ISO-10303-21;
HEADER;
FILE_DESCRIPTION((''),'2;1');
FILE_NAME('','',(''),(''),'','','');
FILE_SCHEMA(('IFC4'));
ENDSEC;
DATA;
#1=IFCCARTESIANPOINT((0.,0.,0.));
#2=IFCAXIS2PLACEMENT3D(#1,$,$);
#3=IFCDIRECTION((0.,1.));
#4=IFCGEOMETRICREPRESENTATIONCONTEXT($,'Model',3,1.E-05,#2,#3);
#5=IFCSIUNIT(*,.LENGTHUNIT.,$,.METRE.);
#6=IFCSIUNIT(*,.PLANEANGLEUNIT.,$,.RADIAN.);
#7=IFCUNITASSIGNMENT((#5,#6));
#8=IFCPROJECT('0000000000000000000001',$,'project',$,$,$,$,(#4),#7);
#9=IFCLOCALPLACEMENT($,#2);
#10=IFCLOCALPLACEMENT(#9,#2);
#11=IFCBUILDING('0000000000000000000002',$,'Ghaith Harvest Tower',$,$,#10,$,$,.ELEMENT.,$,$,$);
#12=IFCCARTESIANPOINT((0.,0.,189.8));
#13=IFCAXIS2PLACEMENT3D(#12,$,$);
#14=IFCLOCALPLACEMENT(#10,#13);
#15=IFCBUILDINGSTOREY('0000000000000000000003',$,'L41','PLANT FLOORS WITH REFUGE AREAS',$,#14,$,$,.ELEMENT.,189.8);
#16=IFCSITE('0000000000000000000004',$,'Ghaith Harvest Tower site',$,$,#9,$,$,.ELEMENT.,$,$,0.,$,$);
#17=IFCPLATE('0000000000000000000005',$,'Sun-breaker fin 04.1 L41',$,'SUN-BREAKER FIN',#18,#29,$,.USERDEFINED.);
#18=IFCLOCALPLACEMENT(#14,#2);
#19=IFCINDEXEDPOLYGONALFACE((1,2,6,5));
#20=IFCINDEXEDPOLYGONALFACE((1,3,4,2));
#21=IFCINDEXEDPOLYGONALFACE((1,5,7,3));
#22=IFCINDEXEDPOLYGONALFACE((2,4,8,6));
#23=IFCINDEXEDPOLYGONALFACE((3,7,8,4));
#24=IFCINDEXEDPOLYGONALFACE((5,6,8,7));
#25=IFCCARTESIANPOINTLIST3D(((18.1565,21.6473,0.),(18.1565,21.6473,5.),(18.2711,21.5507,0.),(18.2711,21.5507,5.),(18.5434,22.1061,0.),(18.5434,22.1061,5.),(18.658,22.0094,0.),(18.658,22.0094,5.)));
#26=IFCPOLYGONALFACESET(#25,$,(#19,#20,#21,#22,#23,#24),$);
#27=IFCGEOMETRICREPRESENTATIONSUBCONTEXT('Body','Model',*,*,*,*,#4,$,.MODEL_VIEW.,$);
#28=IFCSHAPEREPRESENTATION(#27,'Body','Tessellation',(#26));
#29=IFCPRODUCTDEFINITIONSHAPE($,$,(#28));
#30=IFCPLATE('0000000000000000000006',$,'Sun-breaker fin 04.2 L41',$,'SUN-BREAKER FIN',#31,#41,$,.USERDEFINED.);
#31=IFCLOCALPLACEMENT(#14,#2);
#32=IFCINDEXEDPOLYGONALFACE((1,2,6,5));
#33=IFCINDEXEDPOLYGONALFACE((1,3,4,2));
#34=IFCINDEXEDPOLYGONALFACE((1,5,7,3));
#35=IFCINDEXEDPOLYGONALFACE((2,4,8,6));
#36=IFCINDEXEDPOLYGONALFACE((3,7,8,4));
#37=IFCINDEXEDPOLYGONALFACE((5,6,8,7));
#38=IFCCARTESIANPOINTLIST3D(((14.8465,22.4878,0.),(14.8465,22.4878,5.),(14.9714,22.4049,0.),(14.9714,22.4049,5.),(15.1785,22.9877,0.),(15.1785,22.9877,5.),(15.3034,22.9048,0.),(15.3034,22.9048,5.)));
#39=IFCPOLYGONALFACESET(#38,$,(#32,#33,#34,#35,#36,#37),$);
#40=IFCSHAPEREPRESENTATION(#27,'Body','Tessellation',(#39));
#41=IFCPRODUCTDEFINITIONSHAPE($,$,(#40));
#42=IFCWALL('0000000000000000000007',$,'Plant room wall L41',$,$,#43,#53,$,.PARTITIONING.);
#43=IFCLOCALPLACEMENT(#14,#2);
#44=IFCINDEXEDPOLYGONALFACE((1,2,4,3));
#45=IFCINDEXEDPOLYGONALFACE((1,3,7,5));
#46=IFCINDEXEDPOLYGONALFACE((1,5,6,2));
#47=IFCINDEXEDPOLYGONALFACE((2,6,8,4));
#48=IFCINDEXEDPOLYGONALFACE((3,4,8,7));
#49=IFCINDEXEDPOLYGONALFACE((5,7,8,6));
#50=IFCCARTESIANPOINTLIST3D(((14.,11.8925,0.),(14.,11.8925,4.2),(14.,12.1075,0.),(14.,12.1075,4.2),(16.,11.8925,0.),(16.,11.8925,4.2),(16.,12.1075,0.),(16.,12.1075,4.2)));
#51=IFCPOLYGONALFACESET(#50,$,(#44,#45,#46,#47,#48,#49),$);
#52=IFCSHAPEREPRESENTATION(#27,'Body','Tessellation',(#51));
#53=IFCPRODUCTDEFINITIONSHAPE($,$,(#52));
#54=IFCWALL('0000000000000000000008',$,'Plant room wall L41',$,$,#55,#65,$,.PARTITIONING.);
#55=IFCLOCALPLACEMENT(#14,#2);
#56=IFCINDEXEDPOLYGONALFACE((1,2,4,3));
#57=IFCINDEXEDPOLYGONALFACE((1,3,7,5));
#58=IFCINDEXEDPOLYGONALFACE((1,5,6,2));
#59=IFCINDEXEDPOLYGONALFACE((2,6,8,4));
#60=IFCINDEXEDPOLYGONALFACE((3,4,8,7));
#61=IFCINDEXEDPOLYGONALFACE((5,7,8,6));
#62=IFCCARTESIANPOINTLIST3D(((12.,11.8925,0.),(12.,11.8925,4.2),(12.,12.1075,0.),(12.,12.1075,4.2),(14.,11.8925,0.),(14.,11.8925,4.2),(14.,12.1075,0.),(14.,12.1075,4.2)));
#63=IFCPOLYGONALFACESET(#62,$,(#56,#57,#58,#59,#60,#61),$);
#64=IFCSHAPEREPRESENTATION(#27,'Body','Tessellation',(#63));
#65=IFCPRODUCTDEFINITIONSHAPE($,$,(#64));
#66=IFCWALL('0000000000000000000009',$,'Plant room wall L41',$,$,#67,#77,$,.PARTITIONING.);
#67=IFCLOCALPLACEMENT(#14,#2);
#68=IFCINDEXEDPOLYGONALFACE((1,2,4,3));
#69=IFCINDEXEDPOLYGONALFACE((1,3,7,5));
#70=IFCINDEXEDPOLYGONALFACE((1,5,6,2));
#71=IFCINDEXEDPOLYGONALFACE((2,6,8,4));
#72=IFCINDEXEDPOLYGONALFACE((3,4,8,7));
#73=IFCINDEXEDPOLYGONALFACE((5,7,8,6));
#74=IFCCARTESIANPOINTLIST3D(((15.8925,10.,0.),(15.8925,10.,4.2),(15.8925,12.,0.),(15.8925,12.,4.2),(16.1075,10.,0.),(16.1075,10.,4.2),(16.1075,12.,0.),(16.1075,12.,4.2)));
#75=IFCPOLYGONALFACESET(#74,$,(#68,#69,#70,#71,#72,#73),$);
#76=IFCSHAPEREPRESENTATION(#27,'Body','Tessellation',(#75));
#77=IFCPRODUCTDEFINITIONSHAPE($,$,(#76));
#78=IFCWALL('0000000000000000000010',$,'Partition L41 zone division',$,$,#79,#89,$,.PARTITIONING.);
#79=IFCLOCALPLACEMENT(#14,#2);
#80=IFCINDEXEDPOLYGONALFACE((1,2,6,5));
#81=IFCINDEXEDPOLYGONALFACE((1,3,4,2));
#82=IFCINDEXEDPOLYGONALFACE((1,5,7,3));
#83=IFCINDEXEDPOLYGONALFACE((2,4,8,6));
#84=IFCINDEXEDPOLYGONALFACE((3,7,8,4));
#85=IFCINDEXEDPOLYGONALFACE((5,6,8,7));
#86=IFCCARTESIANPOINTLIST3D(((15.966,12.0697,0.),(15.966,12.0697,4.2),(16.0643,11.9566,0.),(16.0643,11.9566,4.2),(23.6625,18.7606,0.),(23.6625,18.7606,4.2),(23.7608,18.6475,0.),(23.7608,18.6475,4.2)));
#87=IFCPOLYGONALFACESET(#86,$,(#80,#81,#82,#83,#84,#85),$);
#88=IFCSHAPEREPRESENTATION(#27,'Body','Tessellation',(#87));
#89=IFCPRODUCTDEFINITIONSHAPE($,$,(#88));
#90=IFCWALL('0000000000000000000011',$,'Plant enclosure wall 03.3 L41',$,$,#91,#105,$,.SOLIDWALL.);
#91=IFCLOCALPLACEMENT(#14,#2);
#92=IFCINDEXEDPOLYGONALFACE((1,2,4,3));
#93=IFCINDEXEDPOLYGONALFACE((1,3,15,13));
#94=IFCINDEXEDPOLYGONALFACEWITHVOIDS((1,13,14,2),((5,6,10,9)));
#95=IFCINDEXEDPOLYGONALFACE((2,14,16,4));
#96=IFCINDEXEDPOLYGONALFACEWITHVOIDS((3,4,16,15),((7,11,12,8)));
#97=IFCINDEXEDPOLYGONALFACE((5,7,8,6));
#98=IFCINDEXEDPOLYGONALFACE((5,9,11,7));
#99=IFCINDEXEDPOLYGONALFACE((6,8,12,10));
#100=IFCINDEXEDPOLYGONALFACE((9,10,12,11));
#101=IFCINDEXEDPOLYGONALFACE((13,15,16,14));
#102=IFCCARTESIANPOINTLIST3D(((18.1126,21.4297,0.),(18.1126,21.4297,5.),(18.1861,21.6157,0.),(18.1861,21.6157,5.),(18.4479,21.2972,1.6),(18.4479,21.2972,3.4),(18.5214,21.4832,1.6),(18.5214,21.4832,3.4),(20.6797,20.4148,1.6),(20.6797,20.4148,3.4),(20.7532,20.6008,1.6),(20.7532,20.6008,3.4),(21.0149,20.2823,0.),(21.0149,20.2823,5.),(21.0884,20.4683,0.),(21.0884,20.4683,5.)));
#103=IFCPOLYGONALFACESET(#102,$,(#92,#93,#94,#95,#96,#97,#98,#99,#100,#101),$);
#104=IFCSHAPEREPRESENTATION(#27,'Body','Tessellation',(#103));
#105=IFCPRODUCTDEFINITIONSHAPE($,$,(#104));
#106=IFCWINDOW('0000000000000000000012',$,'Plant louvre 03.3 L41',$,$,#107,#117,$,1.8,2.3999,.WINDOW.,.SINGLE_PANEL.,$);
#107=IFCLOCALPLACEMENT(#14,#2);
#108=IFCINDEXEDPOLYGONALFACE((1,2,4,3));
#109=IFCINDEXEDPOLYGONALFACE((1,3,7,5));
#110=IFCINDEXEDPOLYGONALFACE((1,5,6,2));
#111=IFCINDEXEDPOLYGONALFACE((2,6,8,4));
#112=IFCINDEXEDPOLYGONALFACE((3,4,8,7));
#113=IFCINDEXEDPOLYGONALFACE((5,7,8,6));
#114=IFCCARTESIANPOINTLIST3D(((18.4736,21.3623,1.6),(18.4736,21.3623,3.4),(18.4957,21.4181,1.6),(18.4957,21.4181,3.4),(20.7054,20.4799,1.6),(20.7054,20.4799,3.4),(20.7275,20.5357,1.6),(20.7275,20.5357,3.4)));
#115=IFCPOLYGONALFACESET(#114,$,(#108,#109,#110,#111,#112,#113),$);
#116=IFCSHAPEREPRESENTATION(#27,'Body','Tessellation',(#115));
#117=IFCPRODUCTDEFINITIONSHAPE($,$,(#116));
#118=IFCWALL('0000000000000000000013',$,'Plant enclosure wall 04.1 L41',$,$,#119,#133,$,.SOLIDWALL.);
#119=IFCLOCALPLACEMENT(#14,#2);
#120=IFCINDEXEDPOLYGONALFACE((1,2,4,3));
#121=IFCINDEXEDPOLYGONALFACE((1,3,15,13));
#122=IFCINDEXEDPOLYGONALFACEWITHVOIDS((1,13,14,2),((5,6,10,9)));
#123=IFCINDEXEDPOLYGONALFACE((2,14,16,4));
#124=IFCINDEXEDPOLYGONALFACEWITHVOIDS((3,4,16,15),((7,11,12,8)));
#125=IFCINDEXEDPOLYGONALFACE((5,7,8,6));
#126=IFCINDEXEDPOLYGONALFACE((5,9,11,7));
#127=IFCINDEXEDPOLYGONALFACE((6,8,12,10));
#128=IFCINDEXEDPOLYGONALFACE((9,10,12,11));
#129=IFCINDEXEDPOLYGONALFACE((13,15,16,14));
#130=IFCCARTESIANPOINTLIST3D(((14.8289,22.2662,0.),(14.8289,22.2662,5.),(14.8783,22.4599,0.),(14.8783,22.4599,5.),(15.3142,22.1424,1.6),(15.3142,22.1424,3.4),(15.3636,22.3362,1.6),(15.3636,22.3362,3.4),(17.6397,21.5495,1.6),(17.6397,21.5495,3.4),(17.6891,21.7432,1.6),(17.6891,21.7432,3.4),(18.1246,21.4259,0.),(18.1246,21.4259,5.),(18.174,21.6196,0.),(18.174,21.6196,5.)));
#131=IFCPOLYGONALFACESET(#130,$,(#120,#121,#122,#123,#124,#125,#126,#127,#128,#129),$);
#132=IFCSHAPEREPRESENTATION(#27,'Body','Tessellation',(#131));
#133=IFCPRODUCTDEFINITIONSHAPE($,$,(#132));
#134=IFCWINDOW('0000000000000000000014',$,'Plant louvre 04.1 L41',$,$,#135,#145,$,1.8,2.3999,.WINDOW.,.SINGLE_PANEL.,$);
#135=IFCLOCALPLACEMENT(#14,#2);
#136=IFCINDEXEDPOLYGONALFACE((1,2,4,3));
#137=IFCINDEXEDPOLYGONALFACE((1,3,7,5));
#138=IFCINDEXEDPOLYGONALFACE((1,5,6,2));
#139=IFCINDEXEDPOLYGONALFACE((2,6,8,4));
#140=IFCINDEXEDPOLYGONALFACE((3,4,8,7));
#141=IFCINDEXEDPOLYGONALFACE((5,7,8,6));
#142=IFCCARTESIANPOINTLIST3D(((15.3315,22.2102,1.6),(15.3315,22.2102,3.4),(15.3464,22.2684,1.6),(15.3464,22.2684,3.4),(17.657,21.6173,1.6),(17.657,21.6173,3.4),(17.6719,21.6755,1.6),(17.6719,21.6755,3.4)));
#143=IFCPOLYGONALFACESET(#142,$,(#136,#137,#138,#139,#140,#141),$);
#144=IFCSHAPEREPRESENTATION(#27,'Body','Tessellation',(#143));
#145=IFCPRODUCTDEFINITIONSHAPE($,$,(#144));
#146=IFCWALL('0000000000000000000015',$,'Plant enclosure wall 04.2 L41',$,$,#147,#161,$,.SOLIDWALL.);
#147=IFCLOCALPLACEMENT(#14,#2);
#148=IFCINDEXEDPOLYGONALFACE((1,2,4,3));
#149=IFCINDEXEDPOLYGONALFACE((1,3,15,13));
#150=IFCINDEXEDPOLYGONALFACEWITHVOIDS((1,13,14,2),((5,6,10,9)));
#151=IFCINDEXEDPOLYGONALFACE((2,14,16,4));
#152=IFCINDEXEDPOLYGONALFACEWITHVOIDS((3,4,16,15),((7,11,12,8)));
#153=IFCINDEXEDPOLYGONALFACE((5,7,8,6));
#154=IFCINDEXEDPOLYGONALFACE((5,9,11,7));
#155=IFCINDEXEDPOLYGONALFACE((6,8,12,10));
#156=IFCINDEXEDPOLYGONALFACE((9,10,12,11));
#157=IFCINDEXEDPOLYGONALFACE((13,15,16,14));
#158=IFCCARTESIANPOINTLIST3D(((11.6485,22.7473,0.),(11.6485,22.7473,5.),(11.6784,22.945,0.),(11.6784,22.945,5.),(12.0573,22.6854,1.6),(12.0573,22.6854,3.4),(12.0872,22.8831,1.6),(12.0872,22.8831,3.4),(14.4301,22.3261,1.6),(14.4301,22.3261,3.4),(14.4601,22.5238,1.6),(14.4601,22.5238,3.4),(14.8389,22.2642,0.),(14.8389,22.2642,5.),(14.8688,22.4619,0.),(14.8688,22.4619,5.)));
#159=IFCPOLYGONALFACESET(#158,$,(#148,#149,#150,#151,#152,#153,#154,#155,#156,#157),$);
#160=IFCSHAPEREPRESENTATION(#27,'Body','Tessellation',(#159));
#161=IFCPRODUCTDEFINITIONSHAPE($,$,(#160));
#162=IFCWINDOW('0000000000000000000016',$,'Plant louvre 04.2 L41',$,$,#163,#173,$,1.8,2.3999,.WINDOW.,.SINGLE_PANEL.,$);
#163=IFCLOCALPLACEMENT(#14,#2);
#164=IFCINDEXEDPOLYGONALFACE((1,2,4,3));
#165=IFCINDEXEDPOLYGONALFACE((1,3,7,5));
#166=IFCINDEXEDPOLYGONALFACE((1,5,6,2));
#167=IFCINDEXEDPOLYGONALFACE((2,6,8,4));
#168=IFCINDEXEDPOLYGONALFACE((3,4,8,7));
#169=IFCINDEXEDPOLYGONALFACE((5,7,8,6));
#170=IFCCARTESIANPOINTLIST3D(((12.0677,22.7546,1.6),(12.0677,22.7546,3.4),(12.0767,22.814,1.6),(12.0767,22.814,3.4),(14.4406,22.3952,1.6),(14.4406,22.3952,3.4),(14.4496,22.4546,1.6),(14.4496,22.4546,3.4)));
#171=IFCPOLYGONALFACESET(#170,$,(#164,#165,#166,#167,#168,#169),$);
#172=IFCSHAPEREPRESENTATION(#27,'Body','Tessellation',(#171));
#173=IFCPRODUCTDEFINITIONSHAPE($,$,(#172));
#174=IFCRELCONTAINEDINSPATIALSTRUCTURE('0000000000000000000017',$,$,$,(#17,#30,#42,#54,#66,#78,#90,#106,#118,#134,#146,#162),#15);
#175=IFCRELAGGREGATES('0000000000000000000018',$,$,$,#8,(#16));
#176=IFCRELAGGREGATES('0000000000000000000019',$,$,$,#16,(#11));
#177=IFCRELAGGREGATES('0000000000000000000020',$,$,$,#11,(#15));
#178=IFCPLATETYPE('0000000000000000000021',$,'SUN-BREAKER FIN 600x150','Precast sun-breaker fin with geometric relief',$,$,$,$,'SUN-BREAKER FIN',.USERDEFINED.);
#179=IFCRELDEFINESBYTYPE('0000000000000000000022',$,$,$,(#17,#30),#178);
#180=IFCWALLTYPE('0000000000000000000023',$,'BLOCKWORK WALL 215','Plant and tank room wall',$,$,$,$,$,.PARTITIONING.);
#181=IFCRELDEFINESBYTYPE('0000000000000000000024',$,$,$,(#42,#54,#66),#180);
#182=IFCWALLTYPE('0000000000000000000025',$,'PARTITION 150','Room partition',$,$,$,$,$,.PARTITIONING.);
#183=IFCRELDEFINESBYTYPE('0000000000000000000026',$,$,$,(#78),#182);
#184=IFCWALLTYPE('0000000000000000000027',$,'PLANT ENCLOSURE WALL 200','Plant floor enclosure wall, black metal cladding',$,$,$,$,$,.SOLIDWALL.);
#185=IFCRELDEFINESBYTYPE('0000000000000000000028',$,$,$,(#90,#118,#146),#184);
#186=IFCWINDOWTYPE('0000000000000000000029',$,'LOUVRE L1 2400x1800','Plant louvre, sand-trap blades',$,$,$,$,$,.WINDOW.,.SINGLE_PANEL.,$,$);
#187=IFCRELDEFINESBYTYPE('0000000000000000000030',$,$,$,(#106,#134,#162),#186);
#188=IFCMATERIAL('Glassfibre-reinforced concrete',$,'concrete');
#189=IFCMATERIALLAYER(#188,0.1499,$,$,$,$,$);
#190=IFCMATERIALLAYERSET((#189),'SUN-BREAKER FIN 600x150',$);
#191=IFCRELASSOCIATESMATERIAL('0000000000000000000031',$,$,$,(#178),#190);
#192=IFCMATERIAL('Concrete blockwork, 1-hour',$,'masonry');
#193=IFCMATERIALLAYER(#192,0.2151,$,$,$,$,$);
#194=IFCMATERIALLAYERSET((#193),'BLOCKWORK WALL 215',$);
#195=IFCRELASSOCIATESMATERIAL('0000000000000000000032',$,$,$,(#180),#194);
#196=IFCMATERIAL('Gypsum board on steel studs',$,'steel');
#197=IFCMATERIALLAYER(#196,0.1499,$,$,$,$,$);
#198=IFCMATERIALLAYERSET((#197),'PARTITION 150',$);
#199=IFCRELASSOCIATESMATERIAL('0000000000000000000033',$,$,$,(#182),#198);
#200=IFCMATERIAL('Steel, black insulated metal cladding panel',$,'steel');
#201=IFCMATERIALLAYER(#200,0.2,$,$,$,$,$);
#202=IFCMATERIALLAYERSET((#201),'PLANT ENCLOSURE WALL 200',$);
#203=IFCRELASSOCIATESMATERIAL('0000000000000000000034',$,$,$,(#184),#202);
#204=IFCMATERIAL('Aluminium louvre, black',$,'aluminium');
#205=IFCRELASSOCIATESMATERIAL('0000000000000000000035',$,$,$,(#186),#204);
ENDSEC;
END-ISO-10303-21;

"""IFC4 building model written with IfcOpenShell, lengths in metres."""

from ifc_helpers import new_model, si_unit, direction, frame, frame_2d, origin, origin_2d, place, context, subcontext, project, spatial, rectangle, extrude, material, layer, layer_set, type_object, element, fill, save


model = new_model("IFC4")

# Units and contexts
model_context = context("Model", 3, precision=1e-05, world=origin(), true_north=direction((0.0, 1.0)))
body_context = subcontext(model_context, "Body", "Model", "MODEL_VIEW")
ifc_project = project(units=[si_unit("LENGTHUNIT", "METRE"), si_unit("PLANEANGLEUNIT", "RADIAN")], contexts=[model_context])

# Site, building, storey
site_placement = place(None, origin())
site = spatial("IfcSite", under=ifc_project, at=site_placement, Name="Ghaith Harvest Tower site", CompositionType="ELEMENT", RefElevation=0.0)
building_placement = place(site_placement, origin())
building = spatial("IfcBuilding", under=site, at=building_placement, Name="Ghaith Harvest Tower", CompositionType="ELEMENT")
storey_placement = place(building_placement, frame((0.0, 0.0, 189.8)))
storey = spatial("IfcBuildingStorey", under=building, at=storey_placement, Name="L41", Description="PLANT FLOORS WITH REFUGE AREAS", CompositionType="ELEMENT", Elevation=189.8)

# Plates
ifc_material_1 = material(Name="Glassfibre-reinforced concrete", Category="concrete")
ifc_layer_1 = layer(ifc_material_1, 0.1499)
ifc_layer_set_1 = layer_set([ifc_layer_1], Name="SUN-BREAKER FIN 600x150")
plate_type = type_object("IfcPlateType", Name="SUN-BREAKER FIN 600x150", Description="Precast sun-breaker fin with geometric relief", ElementType="SUN-BREAKER FIN", PredefinedType="USERDEFINED", material=ifc_layer_set_1)
for number, where, z_axis, x_axis, name in (
    (1, (18.4072, 21.8284, 0.0), (0.0, 0.0, 1.0), (0.644657, 0.764472, 0.0), "Sun-breaker fin 04.1 L41"),
    (2, (15.075, 22.6963, 0.0), (0.0, 0.0, 1.0), (0.553283, 0.832994, 0.0), "Sun-breaker fin 04.2 L41"),
):
    element("IfcPlate", number, at=place(storey_placement, frame(where, z_axis=z_axis, x_axis=x_axis)), inside=storey, type_object=plate_type, Name=name, ObjectType="SUN-BREAKER FIN", PredefinedType="USERDEFINED", context=body_context, shape_type="SweptSolid", body=[
        extrude(rectangle(XDim=0.6001, YDim=0.1499, at=origin_2d()), origin(), (0.0, 0.0, 1.0), 5.0),
    ])

# Walls
ifc_material_2 = material(Name="Concrete blockwork, 1-hour", Category="masonry")
ifc_layer_2 = layer(ifc_material_2, 0.2151)
ifc_layer_set_2 = layer_set([ifc_layer_2], Name="BLOCKWORK WALL 215")
wall_type_1 = type_object("IfcWallType", Name="BLOCKWORK WALL 215", Description="Plant and tank room wall", PredefinedType="PARTITIONING", material=ifc_layer_set_2)
for number, where, z_axis, x_axis, name in (
    (3, (16.0, 12.0, 0.0), (0.0, 0.0, 1.0), (-1.0, 0.0, 0.0), "Plant room wall L41"),
    (4, (14.0, 12.0, 0.0), (0.0, 0.0, 1.0), (-1.0, 0.0, 0.0), "Plant room wall L41"),
    (5, (16.0, 10.0, 0.0), (0.0, 0.0, 1.0), (0.0, 1.0, 0.0), "Plant room wall L41"),
):
    element("IfcWall", number, at=place(storey_placement, frame(where, z_axis=z_axis, x_axis=x_axis)), inside=storey, type_object=wall_type_1, Name=name, PredefinedType="PARTITIONING", context=body_context, shape_type="SweptSolid", body=[
        extrude(rectangle(XDim=2.0, YDim=0.2151, at=frame_2d((1.0, 0.0))), origin(), (0.0, 0.0, 1.0), 4.2),
    ])
ifc_material_3 = material(Name="Gypsum board on steel studs", Category="steel")
ifc_layer_3 = layer(ifc_material_3, 0.1499)
ifc_layer_set_3 = layer_set([ifc_layer_3], Name="PARTITION 150")
wall_type_2 = type_object("IfcWallType", Name="PARTITION 150", Description="Room partition", PredefinedType="PARTITIONING", material=ifc_layer_set_3)
wall_1_placement = place(storey_placement, frame((16.0151, 12.0132, 0.0), z_axis=(0.0, 0.0, 1.0), x_axis=(0.754689, 0.656083, 0.0)))
element("IfcWall", 6, at=wall_1_placement, inside=storey, type_object=wall_type_2, Name="Partition L41 zone division", PredefinedType="PARTITIONING", context=body_context, shape_type="SweptSolid", body=[
    extrude(rectangle(XDim=10.1982, YDim=0.1499, at=frame_2d((5.0991, 0.0))), origin(), (0.0, 0.0, 1.0), 4.2),
])

# Walls, openings, windows
ifc_material_4 = material(Name="Steel, black insulated metal cladding panel", Category="steel")
ifc_layer_4 = layer(ifc_material_4, 0.2)
ifc_layer_set_4 = layer_set([ifc_layer_4], Name="PLANT ENCLOSURE WALL 200")
wall_type_3 = type_object("IfcWallType", Name="PLANT ENCLOSURE WALL 200", Description="Plant floor enclosure wall, black metal cladding", PredefinedType="SOLIDWALL", material=ifc_layer_set_4)
wall_2_placement = place(storey_placement, frame((21.0518, 20.3752, 0.0), z_axis=(0.0, 0.0, 1.0), x_axis=(-0.929958, 0.367665, 0.0)))
wall_2 = element("IfcWall", 7, at=wall_2_placement, inside=storey, type_object=wall_type_3, Name="Plant enclosure wall 03.3 L41", PredefinedType="SOLIDWALL", context=body_context, shape_type="SweptSolid", body=[
    extrude(rectangle(XDim=3.1208, YDim=0.2, at=frame_2d((1.5605, 0.0))), origin(), (0.0, 0.0, 1.0), 5.0),
])
opening_1_placement = place(wall_2_placement, frame((0.3606, 0.0, 1.6001)))
opening_1 = element("IfcOpeningElement", 8, at=opening_1_placement, cuts=wall_2, PredefinedType="OPENING", context=body_context, shape_type="SweptSolid", body=[
    extrude(rectangle(XDim=2.3999, YDim=1.8, at=frame_2d((1.2, 0.8999))), frame((0.0, 0.1099, 0.0), z_axis=(0.0, -1.0, 0.0), x_axis=(1.0, 0.0, 0.0)), (0.0, 0.0, 1.0), 0.22),
])
ifc_material_5 = material(Name="Aluminium louvre, black", Category="aluminium")
window_type = type_object("IfcWindowType", Name="LOUVRE L1 2400x1800", Description="Plant louvre, sand-trap blades", PartitioningType="SINGLE_PANEL", PredefinedType="WINDOW", material=ifc_material_5)
window_1_placement = place(opening_1_placement, origin())
window_1 = element("IfcWindow", 9, at=window_1_placement, inside=storey, type_object=window_type, Name="Plant louvre 03.3 L41", OverallHeight=1.8, OverallWidth=2.3999, PartitioningType="SINGLE_PANEL", PredefinedType="WINDOW", context=body_context, shape_type="SweptSolid", body=[
    extrude(rectangle(XDim=2.3999, YDim=1.8, at=frame_2d((1.2, 0.8999))), frame((0.0, 0.03, 0.0), z_axis=(0.0, -1.0, 0.0), x_axis=(1.0, 0.0, 0.0)), (0.0, 0.0, 1.0), 0.0601),
])
fill(opening_1, window_1)
wall_3_placement = place(storey_placement, frame((18.1494, 21.5227, 0.0), z_axis=(0.0, 0.0, 1.0), x_axis=(-0.968996, 0.247076, 0.0)))
wall_3 = element("IfcWall", 10, at=wall_3_placement, inside=storey, type_object=wall_type_3, Name="Plant enclosure wall 04.1 L41", PredefinedType="SOLIDWALL", context=body_context, shape_type="SweptSolid", body=[
    extrude(rectangle(XDim=3.4011, YDim=0.2, at=frame_2d((1.7007, 0.0))), origin(), (0.0, 0.0, 1.0), 5.0),
])
opening_2_placement = place(wall_3_placement, frame((0.5005, 0.0, 1.6001)))
opening_2 = element("IfcOpeningElement", 11, at=opening_2_placement, cuts=wall_3, PredefinedType="OPENING", context=body_context, shape_type="SweptSolid", body=[
    extrude(rectangle(XDim=2.3999, YDim=1.8, at=frame_2d((1.2, 0.8999))), frame((0.0, 0.1099, 0.0), z_axis=(0.0, -1.0, 0.0), x_axis=(1.0, 0.0, 0.0)), (0.0, 0.0, 1.0), 0.22),
])
window_2_placement = place(opening_2_placement, origin())
window_2 = element("IfcWindow", 12, at=window_2_placement, inside=storey, type_object=window_type, Name="Plant louvre 04.1 L41", OverallHeight=1.8, OverallWidth=2.3999, PartitioningType="SINGLE_PANEL", PredefinedType="WINDOW", context=body_context, shape_type="SweptSolid", body=[
    extrude(rectangle(XDim=2.3999, YDim=1.8, at=frame_2d((1.2, 0.8999))), frame((0.0, 0.03, 0.0), z_axis=(0.0, -1.0, 0.0), x_axis=(1.0, 0.0, 0.0)), (0.0, 0.0, 1.0), 0.0601),
])
fill(opening_2, window_2)
wall_4_placement = place(storey_placement, frame((14.8538, 22.363, 0.0), z_axis=(0.0, 0.0, 1.0), x_axis=(-0.988727, 0.149731, 0.0)))
wall_4 = element("IfcWall", 13, at=wall_4_placement, inside=storey, type_object=wall_type_3, Name="Plant enclosure wall 04.2 L41", PredefinedType="SOLIDWALL", context=body_context, shape_type="SweptSolid", body=[
    extrude(rectangle(XDim=3.2268, YDim=0.2, at=frame_2d((1.6133, 0.0))), origin(), (0.0, 0.0, 1.0), 5.0),
])
opening_3_placement = place(wall_4_placement, frame((0.4133, 0.0, 1.6001)))
opening_3 = element("IfcOpeningElement", 14, at=opening_3_placement, cuts=wall_4, PredefinedType="OPENING", context=body_context, shape_type="SweptSolid", body=[
    extrude(rectangle(XDim=2.3999, YDim=1.8, at=frame_2d((1.2, 0.8999))), frame((0.0, 0.1099, 0.0), z_axis=(0.0, -1.0, 0.0), x_axis=(1.0, 0.0, 0.0)), (0.0, 0.0, 1.0), 0.22),
])
window_3_placement = place(opening_3_placement, origin())
window_3 = element("IfcWindow", 15, at=window_3_placement, inside=storey, type_object=window_type, Name="Plant louvre 04.2 L41", OverallHeight=1.8, OverallWidth=2.3999, PartitioningType="SINGLE_PANEL", PredefinedType="WINDOW", context=body_context, shape_type="SweptSolid", body=[
    extrude(rectangle(XDim=2.3999, YDim=1.8, at=frame_2d((1.2, 0.8999))), frame((0.0, 0.03, 0.0), z_axis=(0.0, -1.0, 0.0), x_axis=(1.0, 0.0, 0.0)), (0.0, 0.0, 1.0), 0.0601),
])
fill(opening_3, window_3)

save(model, "model.ifc")
